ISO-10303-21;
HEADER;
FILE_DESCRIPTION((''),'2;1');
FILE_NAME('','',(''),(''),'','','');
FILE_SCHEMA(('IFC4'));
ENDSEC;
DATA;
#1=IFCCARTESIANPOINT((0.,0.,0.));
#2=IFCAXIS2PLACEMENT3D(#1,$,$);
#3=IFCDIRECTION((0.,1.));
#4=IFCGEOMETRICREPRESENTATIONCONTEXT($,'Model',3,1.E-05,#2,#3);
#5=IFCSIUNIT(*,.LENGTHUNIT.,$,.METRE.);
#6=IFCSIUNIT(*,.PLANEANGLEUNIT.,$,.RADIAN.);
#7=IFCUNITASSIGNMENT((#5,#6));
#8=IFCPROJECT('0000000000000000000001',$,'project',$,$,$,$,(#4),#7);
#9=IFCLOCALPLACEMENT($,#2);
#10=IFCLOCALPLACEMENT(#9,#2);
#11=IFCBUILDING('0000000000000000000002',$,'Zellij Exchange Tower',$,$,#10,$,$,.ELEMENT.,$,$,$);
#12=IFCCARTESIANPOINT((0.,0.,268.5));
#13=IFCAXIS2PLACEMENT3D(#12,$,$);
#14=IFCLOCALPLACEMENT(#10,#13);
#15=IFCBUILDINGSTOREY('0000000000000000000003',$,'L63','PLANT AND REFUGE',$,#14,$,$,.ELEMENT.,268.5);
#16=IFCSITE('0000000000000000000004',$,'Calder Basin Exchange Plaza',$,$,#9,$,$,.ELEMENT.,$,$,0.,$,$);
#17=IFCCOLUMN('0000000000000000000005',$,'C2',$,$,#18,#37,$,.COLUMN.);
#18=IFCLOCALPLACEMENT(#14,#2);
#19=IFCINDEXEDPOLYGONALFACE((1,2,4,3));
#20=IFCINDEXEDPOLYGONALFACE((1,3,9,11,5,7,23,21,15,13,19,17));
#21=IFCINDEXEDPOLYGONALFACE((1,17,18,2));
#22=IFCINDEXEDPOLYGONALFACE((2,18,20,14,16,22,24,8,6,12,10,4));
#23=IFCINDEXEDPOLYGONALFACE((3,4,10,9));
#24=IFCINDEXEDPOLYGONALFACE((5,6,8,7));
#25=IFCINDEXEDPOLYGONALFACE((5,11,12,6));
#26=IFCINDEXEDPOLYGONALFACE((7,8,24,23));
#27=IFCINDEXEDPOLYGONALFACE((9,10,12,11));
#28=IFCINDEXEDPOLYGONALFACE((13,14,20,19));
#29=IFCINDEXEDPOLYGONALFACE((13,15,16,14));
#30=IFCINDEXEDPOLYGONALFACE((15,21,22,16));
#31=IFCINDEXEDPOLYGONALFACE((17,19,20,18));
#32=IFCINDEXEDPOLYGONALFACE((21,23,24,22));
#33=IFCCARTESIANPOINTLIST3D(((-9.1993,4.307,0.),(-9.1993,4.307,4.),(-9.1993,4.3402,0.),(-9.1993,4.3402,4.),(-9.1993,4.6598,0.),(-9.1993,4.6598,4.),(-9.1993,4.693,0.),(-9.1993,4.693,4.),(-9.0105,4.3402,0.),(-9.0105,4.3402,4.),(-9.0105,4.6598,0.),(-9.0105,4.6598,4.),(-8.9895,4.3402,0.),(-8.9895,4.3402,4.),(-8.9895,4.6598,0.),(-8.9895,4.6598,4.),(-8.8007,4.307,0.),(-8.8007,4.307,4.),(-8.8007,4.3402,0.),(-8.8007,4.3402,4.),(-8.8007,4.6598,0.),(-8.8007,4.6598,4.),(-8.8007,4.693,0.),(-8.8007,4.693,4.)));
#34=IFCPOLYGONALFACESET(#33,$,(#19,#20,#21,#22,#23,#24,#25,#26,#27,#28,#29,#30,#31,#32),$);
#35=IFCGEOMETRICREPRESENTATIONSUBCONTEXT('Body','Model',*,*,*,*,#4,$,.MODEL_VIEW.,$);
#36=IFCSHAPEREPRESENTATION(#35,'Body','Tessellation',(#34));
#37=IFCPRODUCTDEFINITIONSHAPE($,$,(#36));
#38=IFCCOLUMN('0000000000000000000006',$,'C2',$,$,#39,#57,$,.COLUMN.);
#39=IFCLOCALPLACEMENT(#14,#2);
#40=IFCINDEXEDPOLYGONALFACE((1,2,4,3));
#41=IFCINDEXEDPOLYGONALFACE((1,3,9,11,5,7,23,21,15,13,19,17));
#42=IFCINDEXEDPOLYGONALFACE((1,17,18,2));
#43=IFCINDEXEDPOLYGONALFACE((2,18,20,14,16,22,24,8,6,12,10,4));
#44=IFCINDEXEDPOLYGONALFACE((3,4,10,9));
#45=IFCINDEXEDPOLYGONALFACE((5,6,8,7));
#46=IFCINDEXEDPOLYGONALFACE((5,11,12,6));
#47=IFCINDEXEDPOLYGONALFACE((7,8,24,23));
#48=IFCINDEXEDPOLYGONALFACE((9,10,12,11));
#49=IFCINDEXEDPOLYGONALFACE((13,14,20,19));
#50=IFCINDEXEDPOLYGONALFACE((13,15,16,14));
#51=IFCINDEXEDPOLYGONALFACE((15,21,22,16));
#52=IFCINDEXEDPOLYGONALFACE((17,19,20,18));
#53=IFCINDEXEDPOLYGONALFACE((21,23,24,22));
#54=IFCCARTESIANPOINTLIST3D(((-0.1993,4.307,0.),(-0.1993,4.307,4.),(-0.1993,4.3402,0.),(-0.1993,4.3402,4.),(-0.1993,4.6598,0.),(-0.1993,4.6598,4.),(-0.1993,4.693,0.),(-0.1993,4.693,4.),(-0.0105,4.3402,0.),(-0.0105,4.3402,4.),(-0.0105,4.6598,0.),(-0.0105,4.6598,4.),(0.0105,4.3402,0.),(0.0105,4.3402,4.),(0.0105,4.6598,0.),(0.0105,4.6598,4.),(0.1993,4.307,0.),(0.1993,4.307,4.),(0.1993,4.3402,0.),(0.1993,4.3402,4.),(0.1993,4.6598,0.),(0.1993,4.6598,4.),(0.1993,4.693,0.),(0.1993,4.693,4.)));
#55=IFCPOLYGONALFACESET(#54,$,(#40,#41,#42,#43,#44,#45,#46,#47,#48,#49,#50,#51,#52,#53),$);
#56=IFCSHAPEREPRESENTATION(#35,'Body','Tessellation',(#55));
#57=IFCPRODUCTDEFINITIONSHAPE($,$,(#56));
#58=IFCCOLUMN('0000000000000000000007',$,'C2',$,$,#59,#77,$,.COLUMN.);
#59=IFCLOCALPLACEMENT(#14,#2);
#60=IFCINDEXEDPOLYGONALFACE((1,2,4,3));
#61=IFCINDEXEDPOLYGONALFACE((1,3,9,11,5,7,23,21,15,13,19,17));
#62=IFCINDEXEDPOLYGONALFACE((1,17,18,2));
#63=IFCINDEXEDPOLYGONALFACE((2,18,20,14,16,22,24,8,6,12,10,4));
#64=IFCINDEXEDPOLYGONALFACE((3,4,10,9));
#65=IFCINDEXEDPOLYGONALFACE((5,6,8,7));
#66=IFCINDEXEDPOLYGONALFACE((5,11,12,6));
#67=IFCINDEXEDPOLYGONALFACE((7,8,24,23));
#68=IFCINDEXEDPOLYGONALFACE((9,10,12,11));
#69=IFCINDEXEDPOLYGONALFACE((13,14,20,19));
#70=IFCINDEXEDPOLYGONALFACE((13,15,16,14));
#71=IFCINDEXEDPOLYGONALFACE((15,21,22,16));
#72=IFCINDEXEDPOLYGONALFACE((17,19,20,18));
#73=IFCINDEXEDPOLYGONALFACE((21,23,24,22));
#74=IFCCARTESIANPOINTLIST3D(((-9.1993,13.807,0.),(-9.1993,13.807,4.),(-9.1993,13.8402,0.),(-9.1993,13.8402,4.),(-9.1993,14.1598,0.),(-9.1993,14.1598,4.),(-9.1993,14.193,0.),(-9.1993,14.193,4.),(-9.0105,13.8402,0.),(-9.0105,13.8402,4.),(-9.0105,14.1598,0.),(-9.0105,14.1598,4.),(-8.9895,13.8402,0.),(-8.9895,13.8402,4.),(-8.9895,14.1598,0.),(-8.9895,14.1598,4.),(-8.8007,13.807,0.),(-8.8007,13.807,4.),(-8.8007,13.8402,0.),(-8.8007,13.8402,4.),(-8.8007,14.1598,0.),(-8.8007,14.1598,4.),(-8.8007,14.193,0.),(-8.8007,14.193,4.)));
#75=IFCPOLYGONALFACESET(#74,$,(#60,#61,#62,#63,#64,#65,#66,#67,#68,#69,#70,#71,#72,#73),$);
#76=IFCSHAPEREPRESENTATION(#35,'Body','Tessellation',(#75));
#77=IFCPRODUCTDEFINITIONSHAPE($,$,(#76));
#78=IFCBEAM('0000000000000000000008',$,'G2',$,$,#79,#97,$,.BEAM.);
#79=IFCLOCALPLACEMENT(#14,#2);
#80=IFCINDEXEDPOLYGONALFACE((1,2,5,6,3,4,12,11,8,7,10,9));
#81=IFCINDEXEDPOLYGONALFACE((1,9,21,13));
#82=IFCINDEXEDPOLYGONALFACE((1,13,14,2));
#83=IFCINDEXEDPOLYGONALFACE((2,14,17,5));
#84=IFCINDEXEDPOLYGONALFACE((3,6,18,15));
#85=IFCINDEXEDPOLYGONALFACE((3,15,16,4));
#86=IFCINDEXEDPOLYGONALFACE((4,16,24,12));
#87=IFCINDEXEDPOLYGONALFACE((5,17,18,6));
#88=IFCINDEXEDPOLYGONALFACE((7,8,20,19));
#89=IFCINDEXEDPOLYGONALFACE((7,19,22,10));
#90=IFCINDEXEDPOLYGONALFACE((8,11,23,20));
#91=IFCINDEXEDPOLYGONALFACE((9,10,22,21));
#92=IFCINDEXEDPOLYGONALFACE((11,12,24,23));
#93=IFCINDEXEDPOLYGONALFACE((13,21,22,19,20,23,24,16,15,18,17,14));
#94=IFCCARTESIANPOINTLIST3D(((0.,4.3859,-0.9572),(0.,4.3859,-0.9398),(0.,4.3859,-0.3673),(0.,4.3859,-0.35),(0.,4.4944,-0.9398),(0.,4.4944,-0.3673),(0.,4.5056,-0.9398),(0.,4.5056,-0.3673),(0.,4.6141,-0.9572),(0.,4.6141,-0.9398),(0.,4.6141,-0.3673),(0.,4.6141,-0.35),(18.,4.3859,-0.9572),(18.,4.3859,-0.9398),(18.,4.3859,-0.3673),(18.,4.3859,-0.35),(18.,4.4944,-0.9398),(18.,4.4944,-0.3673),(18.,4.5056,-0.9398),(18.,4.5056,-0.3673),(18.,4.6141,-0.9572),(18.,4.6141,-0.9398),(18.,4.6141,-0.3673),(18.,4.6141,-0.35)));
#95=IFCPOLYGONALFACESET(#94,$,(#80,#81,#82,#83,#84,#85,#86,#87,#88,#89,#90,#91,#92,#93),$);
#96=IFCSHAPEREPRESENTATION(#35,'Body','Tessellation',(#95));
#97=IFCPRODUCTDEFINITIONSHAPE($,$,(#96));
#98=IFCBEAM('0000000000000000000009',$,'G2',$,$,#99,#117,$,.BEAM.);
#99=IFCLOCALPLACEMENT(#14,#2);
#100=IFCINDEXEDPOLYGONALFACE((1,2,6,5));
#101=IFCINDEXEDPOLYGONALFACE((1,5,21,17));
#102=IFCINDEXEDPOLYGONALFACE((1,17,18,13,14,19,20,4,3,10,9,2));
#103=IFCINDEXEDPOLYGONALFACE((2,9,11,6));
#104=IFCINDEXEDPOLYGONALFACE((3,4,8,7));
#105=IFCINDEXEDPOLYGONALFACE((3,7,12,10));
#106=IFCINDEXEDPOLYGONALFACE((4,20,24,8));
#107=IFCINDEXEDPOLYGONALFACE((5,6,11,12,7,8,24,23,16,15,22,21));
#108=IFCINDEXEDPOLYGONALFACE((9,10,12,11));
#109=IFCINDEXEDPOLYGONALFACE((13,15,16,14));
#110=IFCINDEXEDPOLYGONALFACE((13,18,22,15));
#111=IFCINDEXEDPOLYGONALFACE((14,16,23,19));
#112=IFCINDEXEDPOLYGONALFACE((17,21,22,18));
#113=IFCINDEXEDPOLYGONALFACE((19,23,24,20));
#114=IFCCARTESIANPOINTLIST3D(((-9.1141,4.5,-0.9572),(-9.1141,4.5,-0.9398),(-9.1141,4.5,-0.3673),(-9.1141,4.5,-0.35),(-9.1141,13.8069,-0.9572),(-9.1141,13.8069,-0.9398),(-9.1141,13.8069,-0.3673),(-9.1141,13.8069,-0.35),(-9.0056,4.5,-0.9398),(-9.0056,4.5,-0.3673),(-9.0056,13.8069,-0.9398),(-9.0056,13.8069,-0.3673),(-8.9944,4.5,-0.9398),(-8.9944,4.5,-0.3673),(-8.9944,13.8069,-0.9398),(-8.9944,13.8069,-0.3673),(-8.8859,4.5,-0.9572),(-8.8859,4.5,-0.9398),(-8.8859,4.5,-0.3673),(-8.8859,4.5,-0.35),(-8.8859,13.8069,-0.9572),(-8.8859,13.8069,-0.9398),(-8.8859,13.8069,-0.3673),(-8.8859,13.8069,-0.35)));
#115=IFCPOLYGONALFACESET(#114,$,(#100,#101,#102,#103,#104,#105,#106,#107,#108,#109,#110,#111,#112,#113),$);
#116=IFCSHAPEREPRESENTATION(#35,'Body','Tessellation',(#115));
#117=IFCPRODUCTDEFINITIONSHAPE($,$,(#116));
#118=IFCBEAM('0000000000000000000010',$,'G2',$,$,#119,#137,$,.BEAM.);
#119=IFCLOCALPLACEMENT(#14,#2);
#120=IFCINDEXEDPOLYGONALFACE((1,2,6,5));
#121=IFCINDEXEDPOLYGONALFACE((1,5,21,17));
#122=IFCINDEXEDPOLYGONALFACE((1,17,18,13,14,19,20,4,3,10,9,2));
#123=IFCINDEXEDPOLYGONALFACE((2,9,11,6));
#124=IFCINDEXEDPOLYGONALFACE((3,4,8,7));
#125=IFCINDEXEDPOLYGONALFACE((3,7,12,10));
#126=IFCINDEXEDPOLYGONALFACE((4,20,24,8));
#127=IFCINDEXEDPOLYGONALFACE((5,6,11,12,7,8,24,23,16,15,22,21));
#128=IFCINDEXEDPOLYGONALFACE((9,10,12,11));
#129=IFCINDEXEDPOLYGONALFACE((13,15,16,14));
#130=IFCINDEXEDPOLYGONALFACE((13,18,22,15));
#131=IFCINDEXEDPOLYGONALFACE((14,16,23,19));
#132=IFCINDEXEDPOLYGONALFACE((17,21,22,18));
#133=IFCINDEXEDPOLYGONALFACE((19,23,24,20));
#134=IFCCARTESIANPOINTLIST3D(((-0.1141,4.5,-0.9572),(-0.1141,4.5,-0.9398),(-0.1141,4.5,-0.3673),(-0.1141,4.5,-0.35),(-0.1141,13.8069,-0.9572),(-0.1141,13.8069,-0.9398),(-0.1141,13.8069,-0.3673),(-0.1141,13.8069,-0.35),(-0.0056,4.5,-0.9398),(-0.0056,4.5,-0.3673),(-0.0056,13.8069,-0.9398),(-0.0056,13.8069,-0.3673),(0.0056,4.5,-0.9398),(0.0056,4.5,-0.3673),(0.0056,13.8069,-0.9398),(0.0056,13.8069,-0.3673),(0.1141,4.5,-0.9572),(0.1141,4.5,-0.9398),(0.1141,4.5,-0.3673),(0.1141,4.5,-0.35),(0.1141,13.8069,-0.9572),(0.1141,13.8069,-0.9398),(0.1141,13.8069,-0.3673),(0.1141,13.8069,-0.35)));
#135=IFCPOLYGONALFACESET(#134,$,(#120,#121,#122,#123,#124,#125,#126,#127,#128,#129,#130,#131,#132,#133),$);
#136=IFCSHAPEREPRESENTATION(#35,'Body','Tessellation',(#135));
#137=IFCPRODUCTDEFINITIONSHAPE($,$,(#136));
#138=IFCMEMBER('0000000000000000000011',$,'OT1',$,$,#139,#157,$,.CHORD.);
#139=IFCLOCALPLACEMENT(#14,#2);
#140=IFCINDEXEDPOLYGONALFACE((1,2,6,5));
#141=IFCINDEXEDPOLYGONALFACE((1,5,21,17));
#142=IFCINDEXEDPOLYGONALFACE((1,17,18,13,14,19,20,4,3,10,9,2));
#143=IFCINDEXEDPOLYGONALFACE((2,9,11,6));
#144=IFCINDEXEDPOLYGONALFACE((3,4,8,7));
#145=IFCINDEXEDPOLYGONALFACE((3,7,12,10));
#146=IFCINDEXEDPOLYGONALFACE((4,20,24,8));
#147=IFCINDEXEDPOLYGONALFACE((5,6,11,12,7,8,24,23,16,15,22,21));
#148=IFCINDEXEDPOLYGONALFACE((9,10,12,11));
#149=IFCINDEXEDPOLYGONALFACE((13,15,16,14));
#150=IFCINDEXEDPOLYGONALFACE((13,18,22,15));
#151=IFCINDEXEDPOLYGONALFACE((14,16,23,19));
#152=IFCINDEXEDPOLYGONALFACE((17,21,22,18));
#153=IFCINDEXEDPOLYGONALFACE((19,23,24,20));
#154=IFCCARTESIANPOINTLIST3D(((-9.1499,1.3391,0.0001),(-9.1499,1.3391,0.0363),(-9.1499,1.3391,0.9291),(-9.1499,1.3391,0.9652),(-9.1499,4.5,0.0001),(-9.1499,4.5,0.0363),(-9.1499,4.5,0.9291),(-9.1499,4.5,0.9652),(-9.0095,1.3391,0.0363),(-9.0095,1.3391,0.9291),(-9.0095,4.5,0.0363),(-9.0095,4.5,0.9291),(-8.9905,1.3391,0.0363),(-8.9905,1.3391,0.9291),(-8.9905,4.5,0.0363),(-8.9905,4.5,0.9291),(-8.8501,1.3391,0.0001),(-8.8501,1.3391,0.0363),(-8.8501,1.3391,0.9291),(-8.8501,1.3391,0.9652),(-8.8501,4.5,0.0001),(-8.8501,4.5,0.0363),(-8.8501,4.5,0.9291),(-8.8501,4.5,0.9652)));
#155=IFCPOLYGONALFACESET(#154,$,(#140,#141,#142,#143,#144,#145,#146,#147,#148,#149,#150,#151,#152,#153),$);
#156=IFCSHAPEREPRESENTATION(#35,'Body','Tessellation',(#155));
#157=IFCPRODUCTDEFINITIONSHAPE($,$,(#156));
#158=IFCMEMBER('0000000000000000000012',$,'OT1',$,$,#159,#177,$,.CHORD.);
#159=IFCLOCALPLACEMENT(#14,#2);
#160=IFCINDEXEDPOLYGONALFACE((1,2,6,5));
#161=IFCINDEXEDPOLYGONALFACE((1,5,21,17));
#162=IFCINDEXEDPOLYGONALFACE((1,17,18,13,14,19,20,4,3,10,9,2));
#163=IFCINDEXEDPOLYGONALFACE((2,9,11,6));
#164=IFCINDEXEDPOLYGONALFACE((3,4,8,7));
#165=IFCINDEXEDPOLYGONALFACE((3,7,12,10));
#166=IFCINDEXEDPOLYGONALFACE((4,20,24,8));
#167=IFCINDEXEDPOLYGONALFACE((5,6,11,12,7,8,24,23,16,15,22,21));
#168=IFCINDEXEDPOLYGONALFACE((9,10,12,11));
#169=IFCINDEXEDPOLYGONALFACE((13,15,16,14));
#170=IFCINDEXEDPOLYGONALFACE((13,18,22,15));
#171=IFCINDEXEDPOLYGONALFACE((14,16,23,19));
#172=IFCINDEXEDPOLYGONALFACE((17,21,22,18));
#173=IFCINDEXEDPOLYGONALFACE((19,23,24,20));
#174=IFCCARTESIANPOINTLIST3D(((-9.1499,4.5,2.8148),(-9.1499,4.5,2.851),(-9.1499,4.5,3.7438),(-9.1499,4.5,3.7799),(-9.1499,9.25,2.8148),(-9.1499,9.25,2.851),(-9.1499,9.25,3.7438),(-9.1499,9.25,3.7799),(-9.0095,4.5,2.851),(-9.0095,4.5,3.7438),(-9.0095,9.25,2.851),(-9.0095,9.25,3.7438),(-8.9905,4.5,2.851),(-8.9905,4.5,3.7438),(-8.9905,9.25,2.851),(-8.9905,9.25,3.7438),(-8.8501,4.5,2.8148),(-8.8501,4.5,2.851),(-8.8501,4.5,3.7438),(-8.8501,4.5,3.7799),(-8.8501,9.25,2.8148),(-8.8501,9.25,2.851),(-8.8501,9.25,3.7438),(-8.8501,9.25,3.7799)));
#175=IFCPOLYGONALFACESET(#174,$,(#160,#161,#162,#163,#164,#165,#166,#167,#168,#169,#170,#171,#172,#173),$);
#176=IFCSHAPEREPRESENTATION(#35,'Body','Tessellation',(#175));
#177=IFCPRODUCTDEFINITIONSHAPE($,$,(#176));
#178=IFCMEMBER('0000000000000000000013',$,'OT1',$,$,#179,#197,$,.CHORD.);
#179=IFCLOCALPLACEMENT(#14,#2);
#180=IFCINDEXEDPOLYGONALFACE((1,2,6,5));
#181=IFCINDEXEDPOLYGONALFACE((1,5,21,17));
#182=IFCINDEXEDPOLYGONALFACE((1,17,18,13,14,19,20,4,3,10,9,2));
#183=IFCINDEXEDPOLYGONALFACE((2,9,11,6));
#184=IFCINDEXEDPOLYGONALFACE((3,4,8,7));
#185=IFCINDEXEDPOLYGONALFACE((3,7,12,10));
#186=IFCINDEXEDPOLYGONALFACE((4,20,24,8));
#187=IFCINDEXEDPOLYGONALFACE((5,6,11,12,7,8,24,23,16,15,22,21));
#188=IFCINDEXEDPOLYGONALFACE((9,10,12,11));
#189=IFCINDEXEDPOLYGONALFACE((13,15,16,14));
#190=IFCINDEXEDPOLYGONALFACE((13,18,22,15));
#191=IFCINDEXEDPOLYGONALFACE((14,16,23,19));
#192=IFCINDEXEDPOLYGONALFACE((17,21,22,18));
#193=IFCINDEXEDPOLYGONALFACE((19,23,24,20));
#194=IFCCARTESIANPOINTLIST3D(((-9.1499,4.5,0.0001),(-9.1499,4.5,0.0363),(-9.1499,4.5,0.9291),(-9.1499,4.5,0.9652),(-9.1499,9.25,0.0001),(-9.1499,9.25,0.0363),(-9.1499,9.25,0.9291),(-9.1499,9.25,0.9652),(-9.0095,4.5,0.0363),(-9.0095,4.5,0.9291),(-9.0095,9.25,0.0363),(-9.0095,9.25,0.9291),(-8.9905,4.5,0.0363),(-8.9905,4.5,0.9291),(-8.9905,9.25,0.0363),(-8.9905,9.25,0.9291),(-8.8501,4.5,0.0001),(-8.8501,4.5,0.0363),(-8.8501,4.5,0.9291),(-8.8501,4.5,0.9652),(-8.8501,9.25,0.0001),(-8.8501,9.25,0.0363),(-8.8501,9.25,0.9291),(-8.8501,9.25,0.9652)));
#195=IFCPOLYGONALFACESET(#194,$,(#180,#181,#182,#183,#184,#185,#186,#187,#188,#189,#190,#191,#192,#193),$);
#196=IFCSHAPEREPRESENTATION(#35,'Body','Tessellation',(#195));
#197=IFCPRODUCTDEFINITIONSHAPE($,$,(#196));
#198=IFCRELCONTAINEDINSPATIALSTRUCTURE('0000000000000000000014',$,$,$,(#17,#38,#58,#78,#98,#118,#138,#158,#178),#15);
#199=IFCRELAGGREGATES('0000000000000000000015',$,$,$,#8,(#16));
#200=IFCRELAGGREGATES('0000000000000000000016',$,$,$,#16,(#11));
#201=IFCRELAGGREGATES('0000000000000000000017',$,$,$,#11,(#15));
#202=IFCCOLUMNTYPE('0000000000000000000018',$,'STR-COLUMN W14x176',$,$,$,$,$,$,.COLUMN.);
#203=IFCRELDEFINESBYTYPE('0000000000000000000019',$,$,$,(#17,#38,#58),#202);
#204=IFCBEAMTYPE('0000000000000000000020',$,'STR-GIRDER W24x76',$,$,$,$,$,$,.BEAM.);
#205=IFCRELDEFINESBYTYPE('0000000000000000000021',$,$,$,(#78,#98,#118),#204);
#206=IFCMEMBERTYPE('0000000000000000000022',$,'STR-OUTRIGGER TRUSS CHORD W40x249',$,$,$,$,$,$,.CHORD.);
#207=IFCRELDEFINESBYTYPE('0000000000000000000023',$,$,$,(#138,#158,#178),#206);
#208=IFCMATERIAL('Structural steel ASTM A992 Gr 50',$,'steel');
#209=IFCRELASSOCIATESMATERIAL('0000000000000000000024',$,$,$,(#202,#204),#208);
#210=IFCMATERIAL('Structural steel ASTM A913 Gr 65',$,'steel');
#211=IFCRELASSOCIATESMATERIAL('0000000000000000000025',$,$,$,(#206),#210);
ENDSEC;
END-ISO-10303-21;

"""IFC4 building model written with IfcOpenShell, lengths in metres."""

from ifc_helpers import new_model, si_unit, direction, frame, origin, origin_2d, place, context, subcontext, project, spatial, i_section, extrude, material, material_profile, profile_set, type_object, element, save


model = new_model("IFC4")

# Units and contexts
model_context = context("Model", 3, precision=1e-05, world=origin(), true_north=direction((0.0, 1.0)))
body_context = subcontext(model_context, "Body", "Model", "MODEL_VIEW")
ifc_project = project(units=[si_unit("LENGTHUNIT", "METRE"), si_unit("PLANEANGLEUNIT", "RADIAN")], contexts=[model_context])

# Site, building, storey
site_placement = place(None, origin())
site = spatial("IfcSite", under=ifc_project, at=site_placement, Name="Calder Basin Exchange Plaza", CompositionType="ELEMENT", RefElevation=0.0)
building_placement = place(site_placement, origin())
building = spatial("IfcBuilding", under=site, at=building_placement, Name="Zellij Exchange Tower", CompositionType="ELEMENT")
storey_placement = place(building_placement, frame((0.0, 0.0, 268.5)))
storey = spatial("IfcBuildingStorey", under=building, at=storey_placement, Name="L63", Description="PLANT AND REFUGE", CompositionType="ELEMENT", Elevation=268.5)

# Columns
ifc_material_1 = material(Name="Structural steel ASTM A992 Gr 50", Category="steel")
ifc_material_profile_1 = material_profile(ifc_material_1, i_section(OverallWidth=0.3987, OverallDepth=0.386, WebThickness=0.021, FlangeThickness=0.0332, at=origin_2d()), Name="W14x176")
ifc_profile_set_1 = profile_set([ifc_material_profile_1], Name="Structural steel ASTM A992 Gr 50")
column_type = type_object("IfcColumnType", Name="STR-COLUMN W14x176", PredefinedType="COLUMN", material=ifc_profile_set_1)
for number, where, z_axis, x_axis, name in (
    (1, (-9.0, 4.5, 0.0), (0.0, 0.0, 1.0), (1.0, 0.0, 0.0), "C2"),
    (2, (0.0, 4.5, 0.0), (0.0, 0.0, 1.0), (1.0, 0.0, 0.0), "C2"),
    (3, (-9.0, 14.0, 0.0), (0.0, 0.0, 1.0), (1.0, 0.0, 0.0), "C2"),
):
    element("IfcColumn", number, at=place(storey_placement, frame(where, z_axis=z_axis, x_axis=x_axis)), inside=storey, type_object=column_type, Name=name, PredefinedType="COLUMN", context=body_context, shape_type="SweptSolid", body=[
        extrude(i_section(OverallWidth=0.3987, OverallDepth=0.386, WebThickness=0.021, FlangeThickness=0.0332, at=origin_2d()), origin(), (0.0, 0.0, 1.0), 4.0),
    ])

# Beams
ifc_material_profile_2 = material_profile(ifc_material_1, i_section(OverallWidth=0.2283, OverallDepth=0.6072, WebThickness=0.0112, FlangeThickness=0.0173, at=origin_2d()), Name="W24x76")
ifc_profile_set_2 = profile_set([ifc_material_profile_2], Name="Structural steel ASTM A992 Gr 50")
beam_type = type_object("IfcBeamType", Name="STR-GIRDER W24x76", PredefinedType="BEAM", material=ifc_profile_set_2)
beam_placement = place(storey_placement, frame((0.0, 4.5, -0.6536), z_axis=(1.0, 0.0, 0.0), x_axis=(0.0, 1.0, 0.0)))
element("IfcBeam", 4, at=beam_placement, inside=storey, type_object=beam_type, Name="G2", PredefinedType="BEAM", context=body_context, shape_type="SweptSolid", body=[
    extrude(i_section(OverallWidth=0.2283, OverallDepth=0.6072, WebThickness=0.0112, FlangeThickness=0.0173, at=origin_2d()), origin(), (0.0, 0.0, 1.0), 18.0),
])
for number, where, z_axis, x_axis, name in (
    (5, (-9.0, 4.5, -0.6536), (0.0, 1.0, 0.0), (-1.0, 0.0, 0.0), "G2"),
    (6, (0.0, 4.5, -0.6536), (0.0, 1.0, 0.0), (-1.0, 0.0, 0.0), "G2"),
):
    element("IfcBeam", number, at=place(storey_placement, frame(where, z_axis=z_axis, x_axis=x_axis)), inside=storey, type_object=beam_type, Name=name, PredefinedType="BEAM", context=body_context, shape_type="SweptSolid", body=[
        extrude(i_section(OverallWidth=0.2283, OverallDepth=0.6072, WebThickness=0.0112, FlangeThickness=0.0173, at=origin_2d()), origin(), (0.0, 0.0, 1.0), 9.3069),
    ])

# Members
ifc_material_2 = material(Name="Structural steel ASTM A913 Gr 65", Category="steel")
ifc_material_profile_3 = material_profile(ifc_material_2, i_section(OverallWidth=0.2998, OverallDepth=0.9651, WebThickness=0.019, FlangeThickness=0.0361, at=origin_2d()), Name="W40x249")
ifc_profile_set_3 = profile_set([ifc_material_profile_3], Name="Structural steel ASTM A913 Gr 65")
member_type_1 = type_object("IfcMemberType", Name="STR-OUTRIGGER TRUSS CHORD W40x249", PredefinedType="CHORD", material=ifc_profile_set_3)
member_1_placement = place(storey_placement, frame((-9.0, 1.3391, 0.4827), z_axis=(0.0, 1.0, 0.0), x_axis=(-1.0, 0.0, 0.0)))
element("IfcMember", 7, at=member_1_placement, inside=storey, type_object=member_type_1, Name="OT1", PredefinedType="CHORD", context=body_context, shape_type="SweptSolid", body=[
    extrude(i_section(OverallWidth=0.2998, OverallDepth=0.9651, WebThickness=0.019, FlangeThickness=0.0361, at=origin_2d()), origin(), (0.0, 0.0, 1.0), 3.1609),
])
for number, where, z_axis, x_axis, name in (
    (8, (-9.0, 4.5, 3.2974), (0.0, 1.0, 0.0), (-1.0, 0.0, 0.0), "OT1"),
    (9, (-9.0, 4.5, 0.4827), (0.0, 1.0, 0.0), (-1.0, 0.0, 0.0), "OT1"),
):
    element("IfcMember", number, at=place(storey_placement, frame(where, z_axis=z_axis, x_axis=x_axis)), inside=storey, type_object=member_type_1, Name=name, PredefinedType="CHORD", context=body_context, shape_type="SweptSolid", body=[
        extrude(i_section(OverallWidth=0.2998, OverallDepth=0.9651, WebThickness=0.019, FlangeThickness=0.0361, at=origin_2d()), origin(), (0.0, 0.0, 1.0), 4.75),
    ])

save(model, "model.ifc")
